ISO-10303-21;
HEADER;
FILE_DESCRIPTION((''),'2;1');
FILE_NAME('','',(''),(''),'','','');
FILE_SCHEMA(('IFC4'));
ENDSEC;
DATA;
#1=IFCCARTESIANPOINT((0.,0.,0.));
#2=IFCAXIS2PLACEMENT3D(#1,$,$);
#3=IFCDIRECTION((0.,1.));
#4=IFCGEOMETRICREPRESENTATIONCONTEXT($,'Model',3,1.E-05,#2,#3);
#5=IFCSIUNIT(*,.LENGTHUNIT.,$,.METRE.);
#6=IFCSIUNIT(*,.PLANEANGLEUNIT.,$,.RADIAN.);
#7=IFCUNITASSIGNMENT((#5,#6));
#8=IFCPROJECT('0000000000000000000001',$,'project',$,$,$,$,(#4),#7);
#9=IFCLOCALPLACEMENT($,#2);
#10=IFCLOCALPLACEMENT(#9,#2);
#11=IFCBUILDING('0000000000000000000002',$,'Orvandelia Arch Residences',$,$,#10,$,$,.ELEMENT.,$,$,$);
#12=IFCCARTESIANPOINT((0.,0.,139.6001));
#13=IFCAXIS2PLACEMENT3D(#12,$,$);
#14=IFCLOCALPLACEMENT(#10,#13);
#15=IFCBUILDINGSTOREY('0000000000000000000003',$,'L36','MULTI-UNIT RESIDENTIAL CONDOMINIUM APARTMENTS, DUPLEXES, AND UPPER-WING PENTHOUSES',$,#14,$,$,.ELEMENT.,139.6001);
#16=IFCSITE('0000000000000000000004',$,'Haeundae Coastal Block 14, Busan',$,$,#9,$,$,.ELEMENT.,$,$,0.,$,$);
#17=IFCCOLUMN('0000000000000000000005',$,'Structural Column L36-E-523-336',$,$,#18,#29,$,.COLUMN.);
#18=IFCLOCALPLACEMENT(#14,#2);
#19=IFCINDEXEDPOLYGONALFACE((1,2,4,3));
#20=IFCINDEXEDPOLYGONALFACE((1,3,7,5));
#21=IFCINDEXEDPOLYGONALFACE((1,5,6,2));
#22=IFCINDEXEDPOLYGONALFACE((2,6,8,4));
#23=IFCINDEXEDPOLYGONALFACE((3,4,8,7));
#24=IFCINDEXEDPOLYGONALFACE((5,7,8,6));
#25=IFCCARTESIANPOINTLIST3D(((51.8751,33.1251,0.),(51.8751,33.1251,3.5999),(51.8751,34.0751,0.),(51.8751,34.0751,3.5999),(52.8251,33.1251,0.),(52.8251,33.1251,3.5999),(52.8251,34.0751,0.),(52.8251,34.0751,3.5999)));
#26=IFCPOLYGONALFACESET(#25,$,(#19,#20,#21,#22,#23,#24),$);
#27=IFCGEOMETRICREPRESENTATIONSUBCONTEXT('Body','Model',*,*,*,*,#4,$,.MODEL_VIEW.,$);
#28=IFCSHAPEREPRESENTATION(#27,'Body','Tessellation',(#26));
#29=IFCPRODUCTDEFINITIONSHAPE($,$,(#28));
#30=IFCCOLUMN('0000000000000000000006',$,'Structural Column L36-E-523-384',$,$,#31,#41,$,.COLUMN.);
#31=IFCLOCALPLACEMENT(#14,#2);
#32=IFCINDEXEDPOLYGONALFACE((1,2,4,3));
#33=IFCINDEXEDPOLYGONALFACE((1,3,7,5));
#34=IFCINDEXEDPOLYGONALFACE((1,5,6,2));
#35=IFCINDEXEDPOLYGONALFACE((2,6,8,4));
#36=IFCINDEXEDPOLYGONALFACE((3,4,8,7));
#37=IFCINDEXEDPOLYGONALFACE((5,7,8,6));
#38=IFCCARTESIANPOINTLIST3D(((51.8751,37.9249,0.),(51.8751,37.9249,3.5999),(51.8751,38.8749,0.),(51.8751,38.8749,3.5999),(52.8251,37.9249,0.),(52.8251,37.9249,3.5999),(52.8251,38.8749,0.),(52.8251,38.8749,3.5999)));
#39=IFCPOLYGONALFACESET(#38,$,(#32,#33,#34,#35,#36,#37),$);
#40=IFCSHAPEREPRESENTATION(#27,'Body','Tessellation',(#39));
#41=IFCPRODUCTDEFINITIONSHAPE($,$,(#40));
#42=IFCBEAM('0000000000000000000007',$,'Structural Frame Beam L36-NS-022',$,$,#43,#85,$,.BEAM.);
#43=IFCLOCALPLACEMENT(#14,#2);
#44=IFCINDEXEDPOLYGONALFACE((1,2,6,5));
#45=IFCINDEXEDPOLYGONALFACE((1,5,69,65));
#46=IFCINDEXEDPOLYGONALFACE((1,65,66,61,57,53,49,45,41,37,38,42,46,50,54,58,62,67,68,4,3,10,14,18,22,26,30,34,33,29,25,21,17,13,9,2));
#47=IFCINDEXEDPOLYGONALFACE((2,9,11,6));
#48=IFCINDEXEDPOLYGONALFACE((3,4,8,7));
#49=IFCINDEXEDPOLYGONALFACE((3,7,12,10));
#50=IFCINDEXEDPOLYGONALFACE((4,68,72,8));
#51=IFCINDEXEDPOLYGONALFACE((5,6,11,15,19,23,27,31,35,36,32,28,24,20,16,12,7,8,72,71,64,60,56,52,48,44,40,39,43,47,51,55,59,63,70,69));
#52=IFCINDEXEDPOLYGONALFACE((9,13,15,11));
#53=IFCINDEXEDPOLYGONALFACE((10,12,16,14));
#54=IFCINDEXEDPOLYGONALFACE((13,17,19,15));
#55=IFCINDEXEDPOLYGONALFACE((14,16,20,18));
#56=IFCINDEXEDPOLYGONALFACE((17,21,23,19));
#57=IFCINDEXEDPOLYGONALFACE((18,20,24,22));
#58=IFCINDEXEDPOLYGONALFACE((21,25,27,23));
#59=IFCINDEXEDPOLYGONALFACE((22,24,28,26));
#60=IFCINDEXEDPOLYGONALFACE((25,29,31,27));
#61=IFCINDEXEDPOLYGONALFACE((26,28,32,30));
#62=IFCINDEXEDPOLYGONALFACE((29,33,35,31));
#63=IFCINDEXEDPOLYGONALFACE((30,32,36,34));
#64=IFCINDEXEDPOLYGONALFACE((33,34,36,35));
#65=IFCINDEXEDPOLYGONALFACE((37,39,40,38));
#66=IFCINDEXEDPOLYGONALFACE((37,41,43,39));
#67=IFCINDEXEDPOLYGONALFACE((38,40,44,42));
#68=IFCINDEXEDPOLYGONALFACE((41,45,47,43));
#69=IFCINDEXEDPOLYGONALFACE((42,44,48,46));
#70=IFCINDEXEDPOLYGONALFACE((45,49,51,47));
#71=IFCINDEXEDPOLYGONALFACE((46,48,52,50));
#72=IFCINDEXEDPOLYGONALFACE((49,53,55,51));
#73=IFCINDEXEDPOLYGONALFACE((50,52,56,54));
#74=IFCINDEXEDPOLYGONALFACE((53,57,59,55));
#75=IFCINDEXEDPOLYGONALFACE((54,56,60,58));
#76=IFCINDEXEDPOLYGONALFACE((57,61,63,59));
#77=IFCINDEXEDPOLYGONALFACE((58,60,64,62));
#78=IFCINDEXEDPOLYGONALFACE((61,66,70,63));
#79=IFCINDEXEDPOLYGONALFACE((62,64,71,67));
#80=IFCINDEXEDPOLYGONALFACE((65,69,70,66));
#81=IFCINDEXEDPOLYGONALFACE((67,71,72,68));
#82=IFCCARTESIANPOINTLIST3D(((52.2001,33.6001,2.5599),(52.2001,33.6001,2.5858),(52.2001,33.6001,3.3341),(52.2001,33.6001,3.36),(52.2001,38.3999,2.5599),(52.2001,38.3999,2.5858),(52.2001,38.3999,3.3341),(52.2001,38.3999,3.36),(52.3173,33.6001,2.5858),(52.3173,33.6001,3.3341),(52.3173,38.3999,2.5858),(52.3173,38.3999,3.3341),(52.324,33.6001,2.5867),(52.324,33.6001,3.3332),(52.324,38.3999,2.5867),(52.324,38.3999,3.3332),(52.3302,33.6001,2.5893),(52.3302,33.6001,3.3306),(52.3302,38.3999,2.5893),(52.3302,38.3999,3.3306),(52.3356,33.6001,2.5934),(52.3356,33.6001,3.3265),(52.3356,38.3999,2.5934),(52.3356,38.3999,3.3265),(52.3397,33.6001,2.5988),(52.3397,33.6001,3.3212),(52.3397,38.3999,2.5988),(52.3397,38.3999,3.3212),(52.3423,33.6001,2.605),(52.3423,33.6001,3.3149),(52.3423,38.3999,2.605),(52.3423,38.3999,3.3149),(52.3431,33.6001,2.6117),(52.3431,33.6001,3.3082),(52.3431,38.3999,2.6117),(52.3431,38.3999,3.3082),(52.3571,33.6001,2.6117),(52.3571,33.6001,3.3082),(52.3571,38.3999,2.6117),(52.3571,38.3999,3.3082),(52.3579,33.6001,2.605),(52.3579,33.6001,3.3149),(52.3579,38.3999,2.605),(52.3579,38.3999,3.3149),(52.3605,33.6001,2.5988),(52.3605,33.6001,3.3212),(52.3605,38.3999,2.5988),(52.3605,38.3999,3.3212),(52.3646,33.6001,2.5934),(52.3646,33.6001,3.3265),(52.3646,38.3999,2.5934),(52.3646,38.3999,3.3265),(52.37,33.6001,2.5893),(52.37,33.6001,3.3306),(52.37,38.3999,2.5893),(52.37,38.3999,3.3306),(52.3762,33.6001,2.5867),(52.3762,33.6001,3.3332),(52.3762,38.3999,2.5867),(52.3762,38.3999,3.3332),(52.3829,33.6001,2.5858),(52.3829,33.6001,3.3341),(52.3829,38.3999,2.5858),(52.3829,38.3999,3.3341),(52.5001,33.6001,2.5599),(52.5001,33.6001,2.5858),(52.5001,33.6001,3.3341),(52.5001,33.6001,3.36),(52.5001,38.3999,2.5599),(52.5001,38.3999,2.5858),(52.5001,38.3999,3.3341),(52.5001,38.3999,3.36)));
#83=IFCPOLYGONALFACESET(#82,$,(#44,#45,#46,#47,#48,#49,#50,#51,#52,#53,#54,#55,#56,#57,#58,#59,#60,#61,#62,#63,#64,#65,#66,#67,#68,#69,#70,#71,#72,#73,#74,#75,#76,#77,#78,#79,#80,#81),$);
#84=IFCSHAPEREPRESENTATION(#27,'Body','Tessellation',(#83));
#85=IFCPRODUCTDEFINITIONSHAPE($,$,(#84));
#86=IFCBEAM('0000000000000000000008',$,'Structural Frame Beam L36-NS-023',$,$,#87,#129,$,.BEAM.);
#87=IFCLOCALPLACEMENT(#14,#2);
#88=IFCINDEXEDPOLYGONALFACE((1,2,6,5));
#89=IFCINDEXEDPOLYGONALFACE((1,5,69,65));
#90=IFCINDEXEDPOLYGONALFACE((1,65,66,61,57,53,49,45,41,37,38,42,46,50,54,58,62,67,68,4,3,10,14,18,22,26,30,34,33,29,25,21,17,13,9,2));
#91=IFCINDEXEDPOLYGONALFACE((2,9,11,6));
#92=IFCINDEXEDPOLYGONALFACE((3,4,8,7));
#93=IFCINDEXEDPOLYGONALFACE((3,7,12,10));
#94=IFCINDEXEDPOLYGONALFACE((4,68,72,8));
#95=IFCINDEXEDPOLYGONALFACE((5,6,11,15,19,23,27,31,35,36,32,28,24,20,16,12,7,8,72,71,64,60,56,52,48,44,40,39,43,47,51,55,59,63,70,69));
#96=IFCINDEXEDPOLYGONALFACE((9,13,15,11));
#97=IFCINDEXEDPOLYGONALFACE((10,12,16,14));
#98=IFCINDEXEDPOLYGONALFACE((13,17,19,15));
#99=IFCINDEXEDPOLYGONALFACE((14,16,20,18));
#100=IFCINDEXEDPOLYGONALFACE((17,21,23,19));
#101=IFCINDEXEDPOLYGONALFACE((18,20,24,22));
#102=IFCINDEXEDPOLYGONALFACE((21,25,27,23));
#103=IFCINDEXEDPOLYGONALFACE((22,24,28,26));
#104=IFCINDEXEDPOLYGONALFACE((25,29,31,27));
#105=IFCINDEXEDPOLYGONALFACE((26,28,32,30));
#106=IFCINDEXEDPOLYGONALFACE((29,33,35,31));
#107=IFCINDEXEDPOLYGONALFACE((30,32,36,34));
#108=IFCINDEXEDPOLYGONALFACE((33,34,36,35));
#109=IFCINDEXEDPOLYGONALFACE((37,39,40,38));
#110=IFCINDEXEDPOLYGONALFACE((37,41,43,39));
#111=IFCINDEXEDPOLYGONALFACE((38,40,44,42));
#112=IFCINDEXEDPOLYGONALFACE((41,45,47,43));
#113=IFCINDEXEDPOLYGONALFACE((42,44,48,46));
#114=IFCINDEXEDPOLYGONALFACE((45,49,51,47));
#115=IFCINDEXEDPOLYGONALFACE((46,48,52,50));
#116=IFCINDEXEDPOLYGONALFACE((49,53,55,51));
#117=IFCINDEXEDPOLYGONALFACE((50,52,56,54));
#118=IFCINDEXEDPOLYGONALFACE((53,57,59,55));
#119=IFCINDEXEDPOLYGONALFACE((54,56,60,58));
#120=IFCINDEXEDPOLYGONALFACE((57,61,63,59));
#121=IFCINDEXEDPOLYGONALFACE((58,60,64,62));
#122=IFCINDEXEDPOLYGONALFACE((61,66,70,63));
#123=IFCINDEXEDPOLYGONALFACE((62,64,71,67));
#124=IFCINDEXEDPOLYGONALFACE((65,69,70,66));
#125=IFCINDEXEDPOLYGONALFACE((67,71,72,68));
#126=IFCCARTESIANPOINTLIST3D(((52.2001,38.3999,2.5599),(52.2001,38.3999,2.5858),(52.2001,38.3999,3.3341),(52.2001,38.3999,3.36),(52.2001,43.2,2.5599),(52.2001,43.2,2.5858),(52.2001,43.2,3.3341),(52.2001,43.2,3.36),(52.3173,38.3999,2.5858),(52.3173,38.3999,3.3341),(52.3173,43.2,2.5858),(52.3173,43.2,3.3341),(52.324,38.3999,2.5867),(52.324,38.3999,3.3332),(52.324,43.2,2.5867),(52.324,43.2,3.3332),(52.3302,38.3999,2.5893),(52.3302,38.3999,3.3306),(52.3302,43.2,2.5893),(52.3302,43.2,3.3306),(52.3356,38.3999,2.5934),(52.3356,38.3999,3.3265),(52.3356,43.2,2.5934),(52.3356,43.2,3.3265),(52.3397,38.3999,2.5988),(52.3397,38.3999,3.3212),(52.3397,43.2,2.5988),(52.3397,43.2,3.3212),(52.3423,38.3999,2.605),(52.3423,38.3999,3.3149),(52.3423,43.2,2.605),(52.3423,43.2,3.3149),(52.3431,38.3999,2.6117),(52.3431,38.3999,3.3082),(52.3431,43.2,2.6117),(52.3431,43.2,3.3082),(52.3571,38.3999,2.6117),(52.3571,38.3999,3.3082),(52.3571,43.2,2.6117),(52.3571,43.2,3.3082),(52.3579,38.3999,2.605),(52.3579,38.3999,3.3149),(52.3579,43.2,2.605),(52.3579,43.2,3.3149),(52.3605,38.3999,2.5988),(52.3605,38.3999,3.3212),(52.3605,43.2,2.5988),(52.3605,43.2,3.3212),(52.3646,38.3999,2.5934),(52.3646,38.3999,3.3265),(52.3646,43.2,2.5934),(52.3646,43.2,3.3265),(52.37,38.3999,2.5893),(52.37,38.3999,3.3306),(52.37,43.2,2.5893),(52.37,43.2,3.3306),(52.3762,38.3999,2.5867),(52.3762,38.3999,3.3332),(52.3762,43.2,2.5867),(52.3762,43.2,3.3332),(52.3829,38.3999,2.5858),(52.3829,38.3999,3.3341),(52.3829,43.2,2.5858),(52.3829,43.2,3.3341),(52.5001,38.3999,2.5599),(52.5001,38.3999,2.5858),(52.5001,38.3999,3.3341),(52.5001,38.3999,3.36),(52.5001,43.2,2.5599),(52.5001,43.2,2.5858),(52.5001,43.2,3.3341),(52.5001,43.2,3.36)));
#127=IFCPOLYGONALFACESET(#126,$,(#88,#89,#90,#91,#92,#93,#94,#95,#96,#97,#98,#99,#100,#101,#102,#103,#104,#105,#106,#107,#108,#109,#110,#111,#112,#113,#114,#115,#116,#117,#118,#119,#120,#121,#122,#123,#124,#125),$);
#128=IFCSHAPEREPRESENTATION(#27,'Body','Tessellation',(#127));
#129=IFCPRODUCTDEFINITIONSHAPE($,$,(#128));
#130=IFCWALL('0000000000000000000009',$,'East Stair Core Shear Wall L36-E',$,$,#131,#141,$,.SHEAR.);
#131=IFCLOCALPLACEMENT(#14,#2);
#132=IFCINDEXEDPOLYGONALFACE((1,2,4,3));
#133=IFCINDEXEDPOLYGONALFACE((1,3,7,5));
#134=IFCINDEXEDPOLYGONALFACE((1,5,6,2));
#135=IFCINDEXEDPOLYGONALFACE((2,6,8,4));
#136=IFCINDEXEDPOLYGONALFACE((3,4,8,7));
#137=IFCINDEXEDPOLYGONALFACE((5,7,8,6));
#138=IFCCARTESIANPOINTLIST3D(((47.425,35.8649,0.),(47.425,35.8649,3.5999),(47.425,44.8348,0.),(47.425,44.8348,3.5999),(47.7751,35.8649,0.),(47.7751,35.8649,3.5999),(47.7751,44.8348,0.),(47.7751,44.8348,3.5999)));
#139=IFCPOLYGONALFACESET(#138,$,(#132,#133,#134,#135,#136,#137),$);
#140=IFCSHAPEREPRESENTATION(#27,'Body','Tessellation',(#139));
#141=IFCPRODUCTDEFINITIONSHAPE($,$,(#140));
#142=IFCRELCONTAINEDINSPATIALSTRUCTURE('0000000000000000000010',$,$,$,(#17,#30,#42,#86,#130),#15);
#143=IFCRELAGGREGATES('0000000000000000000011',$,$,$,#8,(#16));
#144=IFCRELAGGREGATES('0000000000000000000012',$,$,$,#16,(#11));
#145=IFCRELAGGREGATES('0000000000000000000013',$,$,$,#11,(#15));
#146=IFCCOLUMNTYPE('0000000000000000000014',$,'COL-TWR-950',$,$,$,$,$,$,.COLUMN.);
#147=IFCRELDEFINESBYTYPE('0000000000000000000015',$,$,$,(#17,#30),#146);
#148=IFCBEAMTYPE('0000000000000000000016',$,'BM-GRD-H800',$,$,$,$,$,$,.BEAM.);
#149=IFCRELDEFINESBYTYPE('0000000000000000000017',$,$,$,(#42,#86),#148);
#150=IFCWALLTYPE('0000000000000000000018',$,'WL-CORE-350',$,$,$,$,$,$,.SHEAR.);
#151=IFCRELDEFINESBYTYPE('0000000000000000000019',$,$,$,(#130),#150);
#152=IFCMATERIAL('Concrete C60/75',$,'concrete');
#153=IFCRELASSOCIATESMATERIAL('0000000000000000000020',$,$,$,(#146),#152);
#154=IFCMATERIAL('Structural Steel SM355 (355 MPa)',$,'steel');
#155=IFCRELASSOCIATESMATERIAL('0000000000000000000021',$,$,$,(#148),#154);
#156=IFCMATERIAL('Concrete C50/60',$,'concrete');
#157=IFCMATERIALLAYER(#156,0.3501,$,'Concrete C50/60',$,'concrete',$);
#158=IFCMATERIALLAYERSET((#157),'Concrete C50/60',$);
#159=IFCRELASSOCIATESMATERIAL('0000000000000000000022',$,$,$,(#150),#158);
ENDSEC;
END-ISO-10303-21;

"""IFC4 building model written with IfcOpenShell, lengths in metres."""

from ifc_helpers import new_model, si_unit, direction, frame, frame_2d, origin, origin_2d, place, context, subcontext, project, spatial, rectangle, i_section, extrude, material, layer, layer_set, material_profile, profile_set, type_object, element, save


model = new_model("IFC4")

# Units and contexts
model_context = context("Model", 3, precision=1e-05, world=origin(), true_north=direction((0.0, 1.0)))
body_context = subcontext(model_context, "Body", "Model", "MODEL_VIEW")
ifc_project = project(units=[si_unit("LENGTHUNIT", "METRE"), si_unit("PLANEANGLEUNIT", "RADIAN")], contexts=[model_context])

# Site, building, storey
site_placement = place(None, origin())
site = spatial("IfcSite", under=ifc_project, at=site_placement, Name="Haeundae Coastal Block 14, Busan", CompositionType="ELEMENT", RefElevation=0.0)
building_placement = place(site_placement, origin())
building = spatial("IfcBuilding", under=site, at=building_placement, Name="Orvandelia Arch Residences", CompositionType="ELEMENT")
storey_placement = place(building_placement, frame((0.0, 0.0, 139.6001)))
storey = spatial("IfcBuildingStorey", under=building, at=storey_placement, Name="L36", Description="MULTI-UNIT RESIDENTIAL CONDOMINIUM APARTMENTS, DUPLEXES, AND UPPER-WING PENTHOUSES", CompositionType="ELEMENT", Elevation=139.6001)

# Columns
ifc_material_1 = material(Name="Concrete C60/75", Category="concrete")
ifc_material_profile_1 = material_profile(ifc_material_1, rectangle(XDim=0.95, YDim=0.95, at=origin_2d()), Name="Concrete C60/75", Category="concrete")
ifc_profile_set_1 = profile_set([ifc_material_profile_1], Name="Concrete C60/75")
column_type = type_object("IfcColumnType", Name="COL-TWR-950", PredefinedType="COLUMN", material=ifc_profile_set_1)
for number, where, z_axis, x_axis, name in (
    (1, (52.3501, 33.6001, 0.0), (0.0, 0.0, 1.0), (1.0, 0.0, 0.0), "Structural Column L36-E-523-336"),
    (2, (52.3501, 38.3999, 0.0), (0.0, 0.0, 1.0), (1.0, 0.0, 0.0), "Structural Column L36-E-523-384"),
):
    element("IfcColumn", number, at=place(storey_placement, frame(where, z_axis=z_axis, x_axis=x_axis)), inside=storey, type_object=column_type, Name=name, PredefinedType="COLUMN", context=body_context, shape_type="SweptSolid", body=[
        extrude(rectangle(XDim=0.95, YDim=0.95, at=origin_2d()), origin(), (0.0, 0.0, 1.0), 3.5999),
    ])

# Beams
ifc_material_2 = material(Name="Structural Steel SM355 (355 MPa)", Category="steel")
ifc_material_profile_2 = material_profile(ifc_material_2, i_section(OverallWidth=0.3, OverallDepth=0.8, WebThickness=0.0139, FlangeThickness=0.0259, FilletRadius=0.0259, at=origin_2d()), Name="Structural Steel SM355 (355 MPa)", Category="steel")
ifc_profile_set_2 = profile_set([ifc_material_profile_2], Name="Structural Steel SM355 (355 MPa)")
beam_type = type_object("IfcBeamType", Name="BM-GRD-H800", PredefinedType="BEAM", material=ifc_profile_set_2)
beam_1_placement = place(storey_placement, frame((52.3501, 33.6001, 2.96), z_axis=(0.0, 1.0, 0.0), x_axis=(-1.0, 0.0, 0.0)))
element("IfcBeam", 3, at=beam_1_placement, inside=storey, type_object=beam_type, Name="Structural Frame Beam L36-NS-022", PredefinedType="BEAM", context=body_context, shape_type="SweptSolid", body=[
    extrude(i_section(OverallWidth=0.3, OverallDepth=0.8, WebThickness=0.0139, FlangeThickness=0.0259, FilletRadius=0.0259, at=origin_2d()), origin(), (0.0, 0.0, 1.0), 4.7998),
])
beam_2_placement = place(storey_placement, frame((52.3501, 38.3999, 2.96), z_axis=(0.0, 1.0, 0.0), x_axis=(-1.0, 0.0, 0.0)))
element("IfcBeam", 4, at=beam_2_placement, inside=storey, type_object=beam_type, Name="Structural Frame Beam L36-NS-023", PredefinedType="BEAM", context=body_context, shape_type="SweptSolid", body=[
    extrude(i_section(OverallWidth=0.3, OverallDepth=0.8, WebThickness=0.0139, FlangeThickness=0.0259, FilletRadius=0.0259, at=origin_2d()), origin(), (0.0, 0.0, 1.0), 4.8),
])

# Wall
ifc_material_3 = material(Name="Concrete C50/60", Category="concrete")
ifc_layer_1 = layer(ifc_material_3, 0.3501, Name="Concrete C50/60", Category="concrete")
ifc_layer_set_1 = layer_set([ifc_layer_1], Name="Concrete C50/60")
wall_type_1 = type_object("IfcWallType", Name="WL-CORE-350", PredefinedType="SHEAR", material=ifc_layer_set_1)
wall_1_placement = place(storey_placement, frame((47.6001, 35.865, 0.0), z_axis=(0.0, 0.0, 1.0), x_axis=(0.0, 1.0, 0.0)))
element("IfcWall", 5, at=wall_1_placement, inside=storey, type_object=wall_type_1, Name="East Stair Core Shear Wall L36-E", PredefinedType="SHEAR", context=body_context, shape_type="SweptSolid", body=[
    extrude(rectangle(XDim=8.97, YDim=0.3501, at=frame_2d((4.4849, 0.0))), origin(), (0.0, 0.0, 1.0), 3.5999),
])

save(model, "model.ifc")
